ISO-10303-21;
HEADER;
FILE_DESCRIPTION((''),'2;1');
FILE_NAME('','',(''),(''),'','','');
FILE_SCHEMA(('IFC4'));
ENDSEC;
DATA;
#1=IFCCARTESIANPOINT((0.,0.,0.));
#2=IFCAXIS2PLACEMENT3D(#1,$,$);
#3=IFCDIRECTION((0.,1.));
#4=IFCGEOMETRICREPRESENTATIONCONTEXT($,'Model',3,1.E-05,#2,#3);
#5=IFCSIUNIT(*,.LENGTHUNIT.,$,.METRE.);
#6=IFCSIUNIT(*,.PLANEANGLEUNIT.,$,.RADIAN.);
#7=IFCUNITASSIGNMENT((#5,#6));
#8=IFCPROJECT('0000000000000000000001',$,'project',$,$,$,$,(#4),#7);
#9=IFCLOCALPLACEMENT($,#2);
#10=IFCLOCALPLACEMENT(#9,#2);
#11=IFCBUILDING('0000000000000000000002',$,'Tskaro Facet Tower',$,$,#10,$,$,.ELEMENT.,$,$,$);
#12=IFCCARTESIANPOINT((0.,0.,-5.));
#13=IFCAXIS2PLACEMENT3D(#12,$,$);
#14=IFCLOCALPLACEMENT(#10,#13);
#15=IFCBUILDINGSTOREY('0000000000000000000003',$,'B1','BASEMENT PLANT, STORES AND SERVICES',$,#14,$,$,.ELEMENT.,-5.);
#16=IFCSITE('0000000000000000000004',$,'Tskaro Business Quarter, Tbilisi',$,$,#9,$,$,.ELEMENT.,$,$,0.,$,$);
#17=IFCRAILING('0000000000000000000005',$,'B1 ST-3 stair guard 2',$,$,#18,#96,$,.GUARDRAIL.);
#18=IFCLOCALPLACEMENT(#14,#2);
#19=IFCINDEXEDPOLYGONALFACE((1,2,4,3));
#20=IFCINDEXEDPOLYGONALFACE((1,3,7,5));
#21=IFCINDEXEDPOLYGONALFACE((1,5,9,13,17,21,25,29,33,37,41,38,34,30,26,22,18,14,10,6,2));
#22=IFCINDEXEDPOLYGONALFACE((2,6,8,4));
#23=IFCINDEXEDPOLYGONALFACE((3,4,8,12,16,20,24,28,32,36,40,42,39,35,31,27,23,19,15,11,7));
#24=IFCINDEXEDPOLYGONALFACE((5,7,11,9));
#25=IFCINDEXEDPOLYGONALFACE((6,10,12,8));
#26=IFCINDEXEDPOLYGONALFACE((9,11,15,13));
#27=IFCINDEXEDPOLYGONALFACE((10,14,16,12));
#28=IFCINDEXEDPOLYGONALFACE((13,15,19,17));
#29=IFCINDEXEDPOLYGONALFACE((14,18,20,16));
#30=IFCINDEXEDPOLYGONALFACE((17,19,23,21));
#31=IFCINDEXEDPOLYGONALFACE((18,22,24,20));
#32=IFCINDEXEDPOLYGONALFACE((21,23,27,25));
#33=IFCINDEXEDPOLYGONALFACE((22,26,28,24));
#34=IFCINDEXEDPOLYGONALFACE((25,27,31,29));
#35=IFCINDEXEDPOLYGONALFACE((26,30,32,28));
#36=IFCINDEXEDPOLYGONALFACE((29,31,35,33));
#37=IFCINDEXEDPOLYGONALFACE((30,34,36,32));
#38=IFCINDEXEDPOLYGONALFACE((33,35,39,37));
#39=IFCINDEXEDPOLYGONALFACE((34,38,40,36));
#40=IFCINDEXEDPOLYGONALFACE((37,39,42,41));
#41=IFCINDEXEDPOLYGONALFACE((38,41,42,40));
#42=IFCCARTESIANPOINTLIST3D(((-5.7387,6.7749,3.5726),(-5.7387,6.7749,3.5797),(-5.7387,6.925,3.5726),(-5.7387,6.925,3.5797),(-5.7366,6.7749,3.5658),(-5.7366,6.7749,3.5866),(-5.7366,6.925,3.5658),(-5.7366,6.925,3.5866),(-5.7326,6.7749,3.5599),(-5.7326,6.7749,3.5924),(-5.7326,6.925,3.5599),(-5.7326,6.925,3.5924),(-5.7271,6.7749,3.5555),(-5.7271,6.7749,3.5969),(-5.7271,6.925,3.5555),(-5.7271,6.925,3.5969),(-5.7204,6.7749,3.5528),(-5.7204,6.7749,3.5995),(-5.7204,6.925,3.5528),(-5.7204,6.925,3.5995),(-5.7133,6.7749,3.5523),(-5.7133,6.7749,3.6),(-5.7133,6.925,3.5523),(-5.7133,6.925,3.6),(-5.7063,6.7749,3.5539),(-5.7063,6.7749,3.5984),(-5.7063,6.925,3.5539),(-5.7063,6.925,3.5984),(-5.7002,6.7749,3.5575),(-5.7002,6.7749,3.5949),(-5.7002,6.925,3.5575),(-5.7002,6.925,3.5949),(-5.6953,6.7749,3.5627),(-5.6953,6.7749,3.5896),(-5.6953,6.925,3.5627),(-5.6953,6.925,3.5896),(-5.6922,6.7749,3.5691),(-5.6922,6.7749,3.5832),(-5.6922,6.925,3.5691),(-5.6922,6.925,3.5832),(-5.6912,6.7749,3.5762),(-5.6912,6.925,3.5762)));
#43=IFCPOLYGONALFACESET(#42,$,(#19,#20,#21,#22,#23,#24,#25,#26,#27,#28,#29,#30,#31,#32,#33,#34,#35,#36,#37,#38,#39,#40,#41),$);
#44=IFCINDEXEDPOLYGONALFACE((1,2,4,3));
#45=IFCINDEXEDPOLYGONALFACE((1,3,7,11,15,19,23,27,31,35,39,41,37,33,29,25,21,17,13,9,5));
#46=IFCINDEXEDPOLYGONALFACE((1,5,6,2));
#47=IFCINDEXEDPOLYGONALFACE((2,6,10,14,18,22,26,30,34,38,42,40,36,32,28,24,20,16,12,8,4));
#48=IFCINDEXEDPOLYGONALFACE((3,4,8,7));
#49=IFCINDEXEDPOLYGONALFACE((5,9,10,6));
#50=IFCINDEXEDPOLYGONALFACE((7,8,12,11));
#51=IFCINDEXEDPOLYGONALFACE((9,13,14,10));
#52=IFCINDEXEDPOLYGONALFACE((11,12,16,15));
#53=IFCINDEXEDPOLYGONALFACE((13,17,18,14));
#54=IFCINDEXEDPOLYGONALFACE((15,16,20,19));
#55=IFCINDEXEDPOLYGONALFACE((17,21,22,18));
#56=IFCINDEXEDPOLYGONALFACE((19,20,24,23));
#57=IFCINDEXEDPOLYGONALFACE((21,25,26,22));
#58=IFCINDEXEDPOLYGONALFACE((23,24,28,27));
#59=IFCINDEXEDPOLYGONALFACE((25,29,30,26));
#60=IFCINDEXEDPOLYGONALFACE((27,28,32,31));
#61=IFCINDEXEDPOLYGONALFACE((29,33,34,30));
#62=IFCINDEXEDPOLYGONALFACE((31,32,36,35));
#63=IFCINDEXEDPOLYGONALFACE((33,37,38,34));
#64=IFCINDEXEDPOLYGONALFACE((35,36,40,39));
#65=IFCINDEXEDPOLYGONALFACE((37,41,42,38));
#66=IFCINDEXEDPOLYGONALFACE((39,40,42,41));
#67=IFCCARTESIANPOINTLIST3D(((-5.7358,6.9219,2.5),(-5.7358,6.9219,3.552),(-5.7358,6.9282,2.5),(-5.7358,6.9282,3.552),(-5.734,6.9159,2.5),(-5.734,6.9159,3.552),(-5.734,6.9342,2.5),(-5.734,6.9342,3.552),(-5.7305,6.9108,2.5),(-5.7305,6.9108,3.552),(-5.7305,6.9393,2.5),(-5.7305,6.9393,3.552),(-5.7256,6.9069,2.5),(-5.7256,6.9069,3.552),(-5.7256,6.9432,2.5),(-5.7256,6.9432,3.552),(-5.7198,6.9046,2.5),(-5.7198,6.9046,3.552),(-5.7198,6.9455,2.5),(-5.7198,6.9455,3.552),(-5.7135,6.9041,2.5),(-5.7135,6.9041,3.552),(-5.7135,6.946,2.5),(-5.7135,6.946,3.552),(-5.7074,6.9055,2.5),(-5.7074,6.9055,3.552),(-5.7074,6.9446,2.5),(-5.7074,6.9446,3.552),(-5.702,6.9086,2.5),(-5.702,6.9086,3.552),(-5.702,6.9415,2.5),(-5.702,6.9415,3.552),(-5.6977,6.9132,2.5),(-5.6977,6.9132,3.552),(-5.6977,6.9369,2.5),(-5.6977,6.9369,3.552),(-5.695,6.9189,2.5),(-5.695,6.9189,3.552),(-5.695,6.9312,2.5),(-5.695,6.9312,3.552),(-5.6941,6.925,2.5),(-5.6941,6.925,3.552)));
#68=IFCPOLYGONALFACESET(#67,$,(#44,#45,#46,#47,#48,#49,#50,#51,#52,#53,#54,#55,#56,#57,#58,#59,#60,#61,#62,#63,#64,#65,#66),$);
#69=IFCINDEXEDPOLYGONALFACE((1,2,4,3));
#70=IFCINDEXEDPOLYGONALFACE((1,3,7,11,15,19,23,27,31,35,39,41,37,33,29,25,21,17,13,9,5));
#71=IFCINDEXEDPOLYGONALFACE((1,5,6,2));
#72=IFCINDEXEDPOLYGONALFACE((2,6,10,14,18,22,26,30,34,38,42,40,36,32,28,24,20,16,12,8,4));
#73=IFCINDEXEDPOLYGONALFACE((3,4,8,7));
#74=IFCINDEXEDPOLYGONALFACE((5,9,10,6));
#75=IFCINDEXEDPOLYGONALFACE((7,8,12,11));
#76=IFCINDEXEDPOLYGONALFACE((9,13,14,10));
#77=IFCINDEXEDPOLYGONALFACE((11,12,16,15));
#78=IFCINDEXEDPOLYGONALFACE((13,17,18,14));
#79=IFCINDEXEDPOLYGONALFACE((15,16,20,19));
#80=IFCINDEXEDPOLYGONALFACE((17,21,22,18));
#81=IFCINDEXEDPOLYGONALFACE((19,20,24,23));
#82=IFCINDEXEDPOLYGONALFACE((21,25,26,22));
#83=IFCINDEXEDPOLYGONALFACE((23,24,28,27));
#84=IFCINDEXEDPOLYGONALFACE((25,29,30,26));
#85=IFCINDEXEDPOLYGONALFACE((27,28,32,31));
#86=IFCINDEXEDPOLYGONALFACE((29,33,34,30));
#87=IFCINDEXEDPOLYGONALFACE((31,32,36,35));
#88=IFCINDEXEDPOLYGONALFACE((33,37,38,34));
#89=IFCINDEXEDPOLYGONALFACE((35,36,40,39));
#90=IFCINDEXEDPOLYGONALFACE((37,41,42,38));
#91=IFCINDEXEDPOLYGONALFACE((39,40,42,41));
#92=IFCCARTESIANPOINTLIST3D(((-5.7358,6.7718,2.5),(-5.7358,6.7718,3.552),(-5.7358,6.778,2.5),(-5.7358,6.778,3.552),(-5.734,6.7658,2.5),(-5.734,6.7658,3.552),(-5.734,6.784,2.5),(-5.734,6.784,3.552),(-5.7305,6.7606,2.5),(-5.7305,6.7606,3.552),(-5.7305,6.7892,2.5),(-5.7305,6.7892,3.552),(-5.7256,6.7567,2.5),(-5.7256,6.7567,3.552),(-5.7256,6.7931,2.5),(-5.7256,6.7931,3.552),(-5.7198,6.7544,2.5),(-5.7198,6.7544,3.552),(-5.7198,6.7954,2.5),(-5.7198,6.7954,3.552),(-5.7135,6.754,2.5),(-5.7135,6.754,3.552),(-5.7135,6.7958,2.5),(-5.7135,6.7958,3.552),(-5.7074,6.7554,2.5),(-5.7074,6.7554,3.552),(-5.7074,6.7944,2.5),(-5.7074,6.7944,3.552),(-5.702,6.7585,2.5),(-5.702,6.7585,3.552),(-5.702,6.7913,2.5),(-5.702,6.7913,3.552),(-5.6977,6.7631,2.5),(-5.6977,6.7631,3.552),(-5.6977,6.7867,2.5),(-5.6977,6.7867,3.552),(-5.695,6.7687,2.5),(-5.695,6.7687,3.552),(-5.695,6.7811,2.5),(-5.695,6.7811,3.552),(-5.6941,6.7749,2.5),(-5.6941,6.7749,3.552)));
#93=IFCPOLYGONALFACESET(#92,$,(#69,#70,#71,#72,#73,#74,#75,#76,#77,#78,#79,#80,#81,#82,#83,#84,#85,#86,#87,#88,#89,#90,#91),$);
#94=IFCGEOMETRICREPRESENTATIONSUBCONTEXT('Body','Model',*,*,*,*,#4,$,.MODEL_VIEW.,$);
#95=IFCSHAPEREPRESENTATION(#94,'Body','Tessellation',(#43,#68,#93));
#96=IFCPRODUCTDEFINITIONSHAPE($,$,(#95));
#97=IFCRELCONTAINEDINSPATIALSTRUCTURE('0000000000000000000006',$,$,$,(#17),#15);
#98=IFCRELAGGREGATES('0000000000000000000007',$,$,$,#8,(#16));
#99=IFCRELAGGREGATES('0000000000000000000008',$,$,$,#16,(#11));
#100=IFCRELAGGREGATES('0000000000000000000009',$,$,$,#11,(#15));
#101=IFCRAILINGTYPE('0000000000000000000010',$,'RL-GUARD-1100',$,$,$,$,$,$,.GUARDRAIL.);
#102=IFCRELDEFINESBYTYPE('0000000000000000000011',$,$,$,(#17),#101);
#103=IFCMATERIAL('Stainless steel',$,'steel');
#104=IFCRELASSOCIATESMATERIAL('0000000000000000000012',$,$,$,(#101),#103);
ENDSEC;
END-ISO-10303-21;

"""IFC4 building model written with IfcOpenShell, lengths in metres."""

from ifc_helpers import new_model, si_unit, direction, frame, origin, origin_2d, place, context, subcontext, project, spatial, circle, extrude, material, type_object, element, save


model = new_model("IFC4")

# Units and contexts
model_context = context("Model", 3, precision=1e-05, world=origin(), true_north=direction((0.0, 1.0)))
body_context = subcontext(model_context, "Body", "Model", "MODEL_VIEW")
ifc_project = project(units=[si_unit("LENGTHUNIT", "METRE"), si_unit("PLANEANGLEUNIT", "RADIAN")], contexts=[model_context])

# Site, building, storey
site_placement = place(None, origin())
site = spatial("IfcSite", under=ifc_project, at=site_placement, Name="Tskaro Business Quarter, Tbilisi", CompositionType="ELEMENT", RefElevation=0.0)
building_placement = place(site_placement, origin())
building = spatial("IfcBuilding", under=site, at=building_placement, Name="Tskaro Facet Tower", CompositionType="ELEMENT")
storey_placement = place(building_placement, frame((0.0, 0.0, -5.0)))
storey = spatial("IfcBuildingStorey", under=building, at=storey_placement, Name="B1", Description="BASEMENT PLANT, STORES AND SERVICES", CompositionType="ELEMENT", Elevation=-5.0)

# Railing
ifc_material_1 = material(Name="Stainless steel", Category="steel")
railing_type = type_object("IfcRailingType", Name="RL-GUARD-1100", PredefinedType="GUARDRAIL", material=ifc_material_1)
railing_placement = place(storey_placement, frame((-5.7151, 6.925, 2.5)))
element("IfcRailing", 1, at=railing_placement, inside=storey, type_object=railing_type, Name="B1 ST-3 stair guard 2", PredefinedType="GUARDRAIL", context=body_context, shape_type="SweptSolid", body=[
    extrude(circle(Radius=0.0239, at=origin_2d()), frame((0.0, 0.0, 1.0762), z_axis=(0.0, -1.0, 0.0), x_axis=(1.0, 0.0, 0.0)), (0.0, 0.0, 1.0), 0.1501),
    extrude(circle(Radius=0.021, at=origin_2d()), origin(), (0.0, 0.0, 1.0), 1.052),
    extrude(circle(Radius=0.021, at=origin_2d()), frame((0.0, -0.1501, 0.0)), (0.0, 0.0, 1.0), 1.052),
])

save(model, "model.ifc")
